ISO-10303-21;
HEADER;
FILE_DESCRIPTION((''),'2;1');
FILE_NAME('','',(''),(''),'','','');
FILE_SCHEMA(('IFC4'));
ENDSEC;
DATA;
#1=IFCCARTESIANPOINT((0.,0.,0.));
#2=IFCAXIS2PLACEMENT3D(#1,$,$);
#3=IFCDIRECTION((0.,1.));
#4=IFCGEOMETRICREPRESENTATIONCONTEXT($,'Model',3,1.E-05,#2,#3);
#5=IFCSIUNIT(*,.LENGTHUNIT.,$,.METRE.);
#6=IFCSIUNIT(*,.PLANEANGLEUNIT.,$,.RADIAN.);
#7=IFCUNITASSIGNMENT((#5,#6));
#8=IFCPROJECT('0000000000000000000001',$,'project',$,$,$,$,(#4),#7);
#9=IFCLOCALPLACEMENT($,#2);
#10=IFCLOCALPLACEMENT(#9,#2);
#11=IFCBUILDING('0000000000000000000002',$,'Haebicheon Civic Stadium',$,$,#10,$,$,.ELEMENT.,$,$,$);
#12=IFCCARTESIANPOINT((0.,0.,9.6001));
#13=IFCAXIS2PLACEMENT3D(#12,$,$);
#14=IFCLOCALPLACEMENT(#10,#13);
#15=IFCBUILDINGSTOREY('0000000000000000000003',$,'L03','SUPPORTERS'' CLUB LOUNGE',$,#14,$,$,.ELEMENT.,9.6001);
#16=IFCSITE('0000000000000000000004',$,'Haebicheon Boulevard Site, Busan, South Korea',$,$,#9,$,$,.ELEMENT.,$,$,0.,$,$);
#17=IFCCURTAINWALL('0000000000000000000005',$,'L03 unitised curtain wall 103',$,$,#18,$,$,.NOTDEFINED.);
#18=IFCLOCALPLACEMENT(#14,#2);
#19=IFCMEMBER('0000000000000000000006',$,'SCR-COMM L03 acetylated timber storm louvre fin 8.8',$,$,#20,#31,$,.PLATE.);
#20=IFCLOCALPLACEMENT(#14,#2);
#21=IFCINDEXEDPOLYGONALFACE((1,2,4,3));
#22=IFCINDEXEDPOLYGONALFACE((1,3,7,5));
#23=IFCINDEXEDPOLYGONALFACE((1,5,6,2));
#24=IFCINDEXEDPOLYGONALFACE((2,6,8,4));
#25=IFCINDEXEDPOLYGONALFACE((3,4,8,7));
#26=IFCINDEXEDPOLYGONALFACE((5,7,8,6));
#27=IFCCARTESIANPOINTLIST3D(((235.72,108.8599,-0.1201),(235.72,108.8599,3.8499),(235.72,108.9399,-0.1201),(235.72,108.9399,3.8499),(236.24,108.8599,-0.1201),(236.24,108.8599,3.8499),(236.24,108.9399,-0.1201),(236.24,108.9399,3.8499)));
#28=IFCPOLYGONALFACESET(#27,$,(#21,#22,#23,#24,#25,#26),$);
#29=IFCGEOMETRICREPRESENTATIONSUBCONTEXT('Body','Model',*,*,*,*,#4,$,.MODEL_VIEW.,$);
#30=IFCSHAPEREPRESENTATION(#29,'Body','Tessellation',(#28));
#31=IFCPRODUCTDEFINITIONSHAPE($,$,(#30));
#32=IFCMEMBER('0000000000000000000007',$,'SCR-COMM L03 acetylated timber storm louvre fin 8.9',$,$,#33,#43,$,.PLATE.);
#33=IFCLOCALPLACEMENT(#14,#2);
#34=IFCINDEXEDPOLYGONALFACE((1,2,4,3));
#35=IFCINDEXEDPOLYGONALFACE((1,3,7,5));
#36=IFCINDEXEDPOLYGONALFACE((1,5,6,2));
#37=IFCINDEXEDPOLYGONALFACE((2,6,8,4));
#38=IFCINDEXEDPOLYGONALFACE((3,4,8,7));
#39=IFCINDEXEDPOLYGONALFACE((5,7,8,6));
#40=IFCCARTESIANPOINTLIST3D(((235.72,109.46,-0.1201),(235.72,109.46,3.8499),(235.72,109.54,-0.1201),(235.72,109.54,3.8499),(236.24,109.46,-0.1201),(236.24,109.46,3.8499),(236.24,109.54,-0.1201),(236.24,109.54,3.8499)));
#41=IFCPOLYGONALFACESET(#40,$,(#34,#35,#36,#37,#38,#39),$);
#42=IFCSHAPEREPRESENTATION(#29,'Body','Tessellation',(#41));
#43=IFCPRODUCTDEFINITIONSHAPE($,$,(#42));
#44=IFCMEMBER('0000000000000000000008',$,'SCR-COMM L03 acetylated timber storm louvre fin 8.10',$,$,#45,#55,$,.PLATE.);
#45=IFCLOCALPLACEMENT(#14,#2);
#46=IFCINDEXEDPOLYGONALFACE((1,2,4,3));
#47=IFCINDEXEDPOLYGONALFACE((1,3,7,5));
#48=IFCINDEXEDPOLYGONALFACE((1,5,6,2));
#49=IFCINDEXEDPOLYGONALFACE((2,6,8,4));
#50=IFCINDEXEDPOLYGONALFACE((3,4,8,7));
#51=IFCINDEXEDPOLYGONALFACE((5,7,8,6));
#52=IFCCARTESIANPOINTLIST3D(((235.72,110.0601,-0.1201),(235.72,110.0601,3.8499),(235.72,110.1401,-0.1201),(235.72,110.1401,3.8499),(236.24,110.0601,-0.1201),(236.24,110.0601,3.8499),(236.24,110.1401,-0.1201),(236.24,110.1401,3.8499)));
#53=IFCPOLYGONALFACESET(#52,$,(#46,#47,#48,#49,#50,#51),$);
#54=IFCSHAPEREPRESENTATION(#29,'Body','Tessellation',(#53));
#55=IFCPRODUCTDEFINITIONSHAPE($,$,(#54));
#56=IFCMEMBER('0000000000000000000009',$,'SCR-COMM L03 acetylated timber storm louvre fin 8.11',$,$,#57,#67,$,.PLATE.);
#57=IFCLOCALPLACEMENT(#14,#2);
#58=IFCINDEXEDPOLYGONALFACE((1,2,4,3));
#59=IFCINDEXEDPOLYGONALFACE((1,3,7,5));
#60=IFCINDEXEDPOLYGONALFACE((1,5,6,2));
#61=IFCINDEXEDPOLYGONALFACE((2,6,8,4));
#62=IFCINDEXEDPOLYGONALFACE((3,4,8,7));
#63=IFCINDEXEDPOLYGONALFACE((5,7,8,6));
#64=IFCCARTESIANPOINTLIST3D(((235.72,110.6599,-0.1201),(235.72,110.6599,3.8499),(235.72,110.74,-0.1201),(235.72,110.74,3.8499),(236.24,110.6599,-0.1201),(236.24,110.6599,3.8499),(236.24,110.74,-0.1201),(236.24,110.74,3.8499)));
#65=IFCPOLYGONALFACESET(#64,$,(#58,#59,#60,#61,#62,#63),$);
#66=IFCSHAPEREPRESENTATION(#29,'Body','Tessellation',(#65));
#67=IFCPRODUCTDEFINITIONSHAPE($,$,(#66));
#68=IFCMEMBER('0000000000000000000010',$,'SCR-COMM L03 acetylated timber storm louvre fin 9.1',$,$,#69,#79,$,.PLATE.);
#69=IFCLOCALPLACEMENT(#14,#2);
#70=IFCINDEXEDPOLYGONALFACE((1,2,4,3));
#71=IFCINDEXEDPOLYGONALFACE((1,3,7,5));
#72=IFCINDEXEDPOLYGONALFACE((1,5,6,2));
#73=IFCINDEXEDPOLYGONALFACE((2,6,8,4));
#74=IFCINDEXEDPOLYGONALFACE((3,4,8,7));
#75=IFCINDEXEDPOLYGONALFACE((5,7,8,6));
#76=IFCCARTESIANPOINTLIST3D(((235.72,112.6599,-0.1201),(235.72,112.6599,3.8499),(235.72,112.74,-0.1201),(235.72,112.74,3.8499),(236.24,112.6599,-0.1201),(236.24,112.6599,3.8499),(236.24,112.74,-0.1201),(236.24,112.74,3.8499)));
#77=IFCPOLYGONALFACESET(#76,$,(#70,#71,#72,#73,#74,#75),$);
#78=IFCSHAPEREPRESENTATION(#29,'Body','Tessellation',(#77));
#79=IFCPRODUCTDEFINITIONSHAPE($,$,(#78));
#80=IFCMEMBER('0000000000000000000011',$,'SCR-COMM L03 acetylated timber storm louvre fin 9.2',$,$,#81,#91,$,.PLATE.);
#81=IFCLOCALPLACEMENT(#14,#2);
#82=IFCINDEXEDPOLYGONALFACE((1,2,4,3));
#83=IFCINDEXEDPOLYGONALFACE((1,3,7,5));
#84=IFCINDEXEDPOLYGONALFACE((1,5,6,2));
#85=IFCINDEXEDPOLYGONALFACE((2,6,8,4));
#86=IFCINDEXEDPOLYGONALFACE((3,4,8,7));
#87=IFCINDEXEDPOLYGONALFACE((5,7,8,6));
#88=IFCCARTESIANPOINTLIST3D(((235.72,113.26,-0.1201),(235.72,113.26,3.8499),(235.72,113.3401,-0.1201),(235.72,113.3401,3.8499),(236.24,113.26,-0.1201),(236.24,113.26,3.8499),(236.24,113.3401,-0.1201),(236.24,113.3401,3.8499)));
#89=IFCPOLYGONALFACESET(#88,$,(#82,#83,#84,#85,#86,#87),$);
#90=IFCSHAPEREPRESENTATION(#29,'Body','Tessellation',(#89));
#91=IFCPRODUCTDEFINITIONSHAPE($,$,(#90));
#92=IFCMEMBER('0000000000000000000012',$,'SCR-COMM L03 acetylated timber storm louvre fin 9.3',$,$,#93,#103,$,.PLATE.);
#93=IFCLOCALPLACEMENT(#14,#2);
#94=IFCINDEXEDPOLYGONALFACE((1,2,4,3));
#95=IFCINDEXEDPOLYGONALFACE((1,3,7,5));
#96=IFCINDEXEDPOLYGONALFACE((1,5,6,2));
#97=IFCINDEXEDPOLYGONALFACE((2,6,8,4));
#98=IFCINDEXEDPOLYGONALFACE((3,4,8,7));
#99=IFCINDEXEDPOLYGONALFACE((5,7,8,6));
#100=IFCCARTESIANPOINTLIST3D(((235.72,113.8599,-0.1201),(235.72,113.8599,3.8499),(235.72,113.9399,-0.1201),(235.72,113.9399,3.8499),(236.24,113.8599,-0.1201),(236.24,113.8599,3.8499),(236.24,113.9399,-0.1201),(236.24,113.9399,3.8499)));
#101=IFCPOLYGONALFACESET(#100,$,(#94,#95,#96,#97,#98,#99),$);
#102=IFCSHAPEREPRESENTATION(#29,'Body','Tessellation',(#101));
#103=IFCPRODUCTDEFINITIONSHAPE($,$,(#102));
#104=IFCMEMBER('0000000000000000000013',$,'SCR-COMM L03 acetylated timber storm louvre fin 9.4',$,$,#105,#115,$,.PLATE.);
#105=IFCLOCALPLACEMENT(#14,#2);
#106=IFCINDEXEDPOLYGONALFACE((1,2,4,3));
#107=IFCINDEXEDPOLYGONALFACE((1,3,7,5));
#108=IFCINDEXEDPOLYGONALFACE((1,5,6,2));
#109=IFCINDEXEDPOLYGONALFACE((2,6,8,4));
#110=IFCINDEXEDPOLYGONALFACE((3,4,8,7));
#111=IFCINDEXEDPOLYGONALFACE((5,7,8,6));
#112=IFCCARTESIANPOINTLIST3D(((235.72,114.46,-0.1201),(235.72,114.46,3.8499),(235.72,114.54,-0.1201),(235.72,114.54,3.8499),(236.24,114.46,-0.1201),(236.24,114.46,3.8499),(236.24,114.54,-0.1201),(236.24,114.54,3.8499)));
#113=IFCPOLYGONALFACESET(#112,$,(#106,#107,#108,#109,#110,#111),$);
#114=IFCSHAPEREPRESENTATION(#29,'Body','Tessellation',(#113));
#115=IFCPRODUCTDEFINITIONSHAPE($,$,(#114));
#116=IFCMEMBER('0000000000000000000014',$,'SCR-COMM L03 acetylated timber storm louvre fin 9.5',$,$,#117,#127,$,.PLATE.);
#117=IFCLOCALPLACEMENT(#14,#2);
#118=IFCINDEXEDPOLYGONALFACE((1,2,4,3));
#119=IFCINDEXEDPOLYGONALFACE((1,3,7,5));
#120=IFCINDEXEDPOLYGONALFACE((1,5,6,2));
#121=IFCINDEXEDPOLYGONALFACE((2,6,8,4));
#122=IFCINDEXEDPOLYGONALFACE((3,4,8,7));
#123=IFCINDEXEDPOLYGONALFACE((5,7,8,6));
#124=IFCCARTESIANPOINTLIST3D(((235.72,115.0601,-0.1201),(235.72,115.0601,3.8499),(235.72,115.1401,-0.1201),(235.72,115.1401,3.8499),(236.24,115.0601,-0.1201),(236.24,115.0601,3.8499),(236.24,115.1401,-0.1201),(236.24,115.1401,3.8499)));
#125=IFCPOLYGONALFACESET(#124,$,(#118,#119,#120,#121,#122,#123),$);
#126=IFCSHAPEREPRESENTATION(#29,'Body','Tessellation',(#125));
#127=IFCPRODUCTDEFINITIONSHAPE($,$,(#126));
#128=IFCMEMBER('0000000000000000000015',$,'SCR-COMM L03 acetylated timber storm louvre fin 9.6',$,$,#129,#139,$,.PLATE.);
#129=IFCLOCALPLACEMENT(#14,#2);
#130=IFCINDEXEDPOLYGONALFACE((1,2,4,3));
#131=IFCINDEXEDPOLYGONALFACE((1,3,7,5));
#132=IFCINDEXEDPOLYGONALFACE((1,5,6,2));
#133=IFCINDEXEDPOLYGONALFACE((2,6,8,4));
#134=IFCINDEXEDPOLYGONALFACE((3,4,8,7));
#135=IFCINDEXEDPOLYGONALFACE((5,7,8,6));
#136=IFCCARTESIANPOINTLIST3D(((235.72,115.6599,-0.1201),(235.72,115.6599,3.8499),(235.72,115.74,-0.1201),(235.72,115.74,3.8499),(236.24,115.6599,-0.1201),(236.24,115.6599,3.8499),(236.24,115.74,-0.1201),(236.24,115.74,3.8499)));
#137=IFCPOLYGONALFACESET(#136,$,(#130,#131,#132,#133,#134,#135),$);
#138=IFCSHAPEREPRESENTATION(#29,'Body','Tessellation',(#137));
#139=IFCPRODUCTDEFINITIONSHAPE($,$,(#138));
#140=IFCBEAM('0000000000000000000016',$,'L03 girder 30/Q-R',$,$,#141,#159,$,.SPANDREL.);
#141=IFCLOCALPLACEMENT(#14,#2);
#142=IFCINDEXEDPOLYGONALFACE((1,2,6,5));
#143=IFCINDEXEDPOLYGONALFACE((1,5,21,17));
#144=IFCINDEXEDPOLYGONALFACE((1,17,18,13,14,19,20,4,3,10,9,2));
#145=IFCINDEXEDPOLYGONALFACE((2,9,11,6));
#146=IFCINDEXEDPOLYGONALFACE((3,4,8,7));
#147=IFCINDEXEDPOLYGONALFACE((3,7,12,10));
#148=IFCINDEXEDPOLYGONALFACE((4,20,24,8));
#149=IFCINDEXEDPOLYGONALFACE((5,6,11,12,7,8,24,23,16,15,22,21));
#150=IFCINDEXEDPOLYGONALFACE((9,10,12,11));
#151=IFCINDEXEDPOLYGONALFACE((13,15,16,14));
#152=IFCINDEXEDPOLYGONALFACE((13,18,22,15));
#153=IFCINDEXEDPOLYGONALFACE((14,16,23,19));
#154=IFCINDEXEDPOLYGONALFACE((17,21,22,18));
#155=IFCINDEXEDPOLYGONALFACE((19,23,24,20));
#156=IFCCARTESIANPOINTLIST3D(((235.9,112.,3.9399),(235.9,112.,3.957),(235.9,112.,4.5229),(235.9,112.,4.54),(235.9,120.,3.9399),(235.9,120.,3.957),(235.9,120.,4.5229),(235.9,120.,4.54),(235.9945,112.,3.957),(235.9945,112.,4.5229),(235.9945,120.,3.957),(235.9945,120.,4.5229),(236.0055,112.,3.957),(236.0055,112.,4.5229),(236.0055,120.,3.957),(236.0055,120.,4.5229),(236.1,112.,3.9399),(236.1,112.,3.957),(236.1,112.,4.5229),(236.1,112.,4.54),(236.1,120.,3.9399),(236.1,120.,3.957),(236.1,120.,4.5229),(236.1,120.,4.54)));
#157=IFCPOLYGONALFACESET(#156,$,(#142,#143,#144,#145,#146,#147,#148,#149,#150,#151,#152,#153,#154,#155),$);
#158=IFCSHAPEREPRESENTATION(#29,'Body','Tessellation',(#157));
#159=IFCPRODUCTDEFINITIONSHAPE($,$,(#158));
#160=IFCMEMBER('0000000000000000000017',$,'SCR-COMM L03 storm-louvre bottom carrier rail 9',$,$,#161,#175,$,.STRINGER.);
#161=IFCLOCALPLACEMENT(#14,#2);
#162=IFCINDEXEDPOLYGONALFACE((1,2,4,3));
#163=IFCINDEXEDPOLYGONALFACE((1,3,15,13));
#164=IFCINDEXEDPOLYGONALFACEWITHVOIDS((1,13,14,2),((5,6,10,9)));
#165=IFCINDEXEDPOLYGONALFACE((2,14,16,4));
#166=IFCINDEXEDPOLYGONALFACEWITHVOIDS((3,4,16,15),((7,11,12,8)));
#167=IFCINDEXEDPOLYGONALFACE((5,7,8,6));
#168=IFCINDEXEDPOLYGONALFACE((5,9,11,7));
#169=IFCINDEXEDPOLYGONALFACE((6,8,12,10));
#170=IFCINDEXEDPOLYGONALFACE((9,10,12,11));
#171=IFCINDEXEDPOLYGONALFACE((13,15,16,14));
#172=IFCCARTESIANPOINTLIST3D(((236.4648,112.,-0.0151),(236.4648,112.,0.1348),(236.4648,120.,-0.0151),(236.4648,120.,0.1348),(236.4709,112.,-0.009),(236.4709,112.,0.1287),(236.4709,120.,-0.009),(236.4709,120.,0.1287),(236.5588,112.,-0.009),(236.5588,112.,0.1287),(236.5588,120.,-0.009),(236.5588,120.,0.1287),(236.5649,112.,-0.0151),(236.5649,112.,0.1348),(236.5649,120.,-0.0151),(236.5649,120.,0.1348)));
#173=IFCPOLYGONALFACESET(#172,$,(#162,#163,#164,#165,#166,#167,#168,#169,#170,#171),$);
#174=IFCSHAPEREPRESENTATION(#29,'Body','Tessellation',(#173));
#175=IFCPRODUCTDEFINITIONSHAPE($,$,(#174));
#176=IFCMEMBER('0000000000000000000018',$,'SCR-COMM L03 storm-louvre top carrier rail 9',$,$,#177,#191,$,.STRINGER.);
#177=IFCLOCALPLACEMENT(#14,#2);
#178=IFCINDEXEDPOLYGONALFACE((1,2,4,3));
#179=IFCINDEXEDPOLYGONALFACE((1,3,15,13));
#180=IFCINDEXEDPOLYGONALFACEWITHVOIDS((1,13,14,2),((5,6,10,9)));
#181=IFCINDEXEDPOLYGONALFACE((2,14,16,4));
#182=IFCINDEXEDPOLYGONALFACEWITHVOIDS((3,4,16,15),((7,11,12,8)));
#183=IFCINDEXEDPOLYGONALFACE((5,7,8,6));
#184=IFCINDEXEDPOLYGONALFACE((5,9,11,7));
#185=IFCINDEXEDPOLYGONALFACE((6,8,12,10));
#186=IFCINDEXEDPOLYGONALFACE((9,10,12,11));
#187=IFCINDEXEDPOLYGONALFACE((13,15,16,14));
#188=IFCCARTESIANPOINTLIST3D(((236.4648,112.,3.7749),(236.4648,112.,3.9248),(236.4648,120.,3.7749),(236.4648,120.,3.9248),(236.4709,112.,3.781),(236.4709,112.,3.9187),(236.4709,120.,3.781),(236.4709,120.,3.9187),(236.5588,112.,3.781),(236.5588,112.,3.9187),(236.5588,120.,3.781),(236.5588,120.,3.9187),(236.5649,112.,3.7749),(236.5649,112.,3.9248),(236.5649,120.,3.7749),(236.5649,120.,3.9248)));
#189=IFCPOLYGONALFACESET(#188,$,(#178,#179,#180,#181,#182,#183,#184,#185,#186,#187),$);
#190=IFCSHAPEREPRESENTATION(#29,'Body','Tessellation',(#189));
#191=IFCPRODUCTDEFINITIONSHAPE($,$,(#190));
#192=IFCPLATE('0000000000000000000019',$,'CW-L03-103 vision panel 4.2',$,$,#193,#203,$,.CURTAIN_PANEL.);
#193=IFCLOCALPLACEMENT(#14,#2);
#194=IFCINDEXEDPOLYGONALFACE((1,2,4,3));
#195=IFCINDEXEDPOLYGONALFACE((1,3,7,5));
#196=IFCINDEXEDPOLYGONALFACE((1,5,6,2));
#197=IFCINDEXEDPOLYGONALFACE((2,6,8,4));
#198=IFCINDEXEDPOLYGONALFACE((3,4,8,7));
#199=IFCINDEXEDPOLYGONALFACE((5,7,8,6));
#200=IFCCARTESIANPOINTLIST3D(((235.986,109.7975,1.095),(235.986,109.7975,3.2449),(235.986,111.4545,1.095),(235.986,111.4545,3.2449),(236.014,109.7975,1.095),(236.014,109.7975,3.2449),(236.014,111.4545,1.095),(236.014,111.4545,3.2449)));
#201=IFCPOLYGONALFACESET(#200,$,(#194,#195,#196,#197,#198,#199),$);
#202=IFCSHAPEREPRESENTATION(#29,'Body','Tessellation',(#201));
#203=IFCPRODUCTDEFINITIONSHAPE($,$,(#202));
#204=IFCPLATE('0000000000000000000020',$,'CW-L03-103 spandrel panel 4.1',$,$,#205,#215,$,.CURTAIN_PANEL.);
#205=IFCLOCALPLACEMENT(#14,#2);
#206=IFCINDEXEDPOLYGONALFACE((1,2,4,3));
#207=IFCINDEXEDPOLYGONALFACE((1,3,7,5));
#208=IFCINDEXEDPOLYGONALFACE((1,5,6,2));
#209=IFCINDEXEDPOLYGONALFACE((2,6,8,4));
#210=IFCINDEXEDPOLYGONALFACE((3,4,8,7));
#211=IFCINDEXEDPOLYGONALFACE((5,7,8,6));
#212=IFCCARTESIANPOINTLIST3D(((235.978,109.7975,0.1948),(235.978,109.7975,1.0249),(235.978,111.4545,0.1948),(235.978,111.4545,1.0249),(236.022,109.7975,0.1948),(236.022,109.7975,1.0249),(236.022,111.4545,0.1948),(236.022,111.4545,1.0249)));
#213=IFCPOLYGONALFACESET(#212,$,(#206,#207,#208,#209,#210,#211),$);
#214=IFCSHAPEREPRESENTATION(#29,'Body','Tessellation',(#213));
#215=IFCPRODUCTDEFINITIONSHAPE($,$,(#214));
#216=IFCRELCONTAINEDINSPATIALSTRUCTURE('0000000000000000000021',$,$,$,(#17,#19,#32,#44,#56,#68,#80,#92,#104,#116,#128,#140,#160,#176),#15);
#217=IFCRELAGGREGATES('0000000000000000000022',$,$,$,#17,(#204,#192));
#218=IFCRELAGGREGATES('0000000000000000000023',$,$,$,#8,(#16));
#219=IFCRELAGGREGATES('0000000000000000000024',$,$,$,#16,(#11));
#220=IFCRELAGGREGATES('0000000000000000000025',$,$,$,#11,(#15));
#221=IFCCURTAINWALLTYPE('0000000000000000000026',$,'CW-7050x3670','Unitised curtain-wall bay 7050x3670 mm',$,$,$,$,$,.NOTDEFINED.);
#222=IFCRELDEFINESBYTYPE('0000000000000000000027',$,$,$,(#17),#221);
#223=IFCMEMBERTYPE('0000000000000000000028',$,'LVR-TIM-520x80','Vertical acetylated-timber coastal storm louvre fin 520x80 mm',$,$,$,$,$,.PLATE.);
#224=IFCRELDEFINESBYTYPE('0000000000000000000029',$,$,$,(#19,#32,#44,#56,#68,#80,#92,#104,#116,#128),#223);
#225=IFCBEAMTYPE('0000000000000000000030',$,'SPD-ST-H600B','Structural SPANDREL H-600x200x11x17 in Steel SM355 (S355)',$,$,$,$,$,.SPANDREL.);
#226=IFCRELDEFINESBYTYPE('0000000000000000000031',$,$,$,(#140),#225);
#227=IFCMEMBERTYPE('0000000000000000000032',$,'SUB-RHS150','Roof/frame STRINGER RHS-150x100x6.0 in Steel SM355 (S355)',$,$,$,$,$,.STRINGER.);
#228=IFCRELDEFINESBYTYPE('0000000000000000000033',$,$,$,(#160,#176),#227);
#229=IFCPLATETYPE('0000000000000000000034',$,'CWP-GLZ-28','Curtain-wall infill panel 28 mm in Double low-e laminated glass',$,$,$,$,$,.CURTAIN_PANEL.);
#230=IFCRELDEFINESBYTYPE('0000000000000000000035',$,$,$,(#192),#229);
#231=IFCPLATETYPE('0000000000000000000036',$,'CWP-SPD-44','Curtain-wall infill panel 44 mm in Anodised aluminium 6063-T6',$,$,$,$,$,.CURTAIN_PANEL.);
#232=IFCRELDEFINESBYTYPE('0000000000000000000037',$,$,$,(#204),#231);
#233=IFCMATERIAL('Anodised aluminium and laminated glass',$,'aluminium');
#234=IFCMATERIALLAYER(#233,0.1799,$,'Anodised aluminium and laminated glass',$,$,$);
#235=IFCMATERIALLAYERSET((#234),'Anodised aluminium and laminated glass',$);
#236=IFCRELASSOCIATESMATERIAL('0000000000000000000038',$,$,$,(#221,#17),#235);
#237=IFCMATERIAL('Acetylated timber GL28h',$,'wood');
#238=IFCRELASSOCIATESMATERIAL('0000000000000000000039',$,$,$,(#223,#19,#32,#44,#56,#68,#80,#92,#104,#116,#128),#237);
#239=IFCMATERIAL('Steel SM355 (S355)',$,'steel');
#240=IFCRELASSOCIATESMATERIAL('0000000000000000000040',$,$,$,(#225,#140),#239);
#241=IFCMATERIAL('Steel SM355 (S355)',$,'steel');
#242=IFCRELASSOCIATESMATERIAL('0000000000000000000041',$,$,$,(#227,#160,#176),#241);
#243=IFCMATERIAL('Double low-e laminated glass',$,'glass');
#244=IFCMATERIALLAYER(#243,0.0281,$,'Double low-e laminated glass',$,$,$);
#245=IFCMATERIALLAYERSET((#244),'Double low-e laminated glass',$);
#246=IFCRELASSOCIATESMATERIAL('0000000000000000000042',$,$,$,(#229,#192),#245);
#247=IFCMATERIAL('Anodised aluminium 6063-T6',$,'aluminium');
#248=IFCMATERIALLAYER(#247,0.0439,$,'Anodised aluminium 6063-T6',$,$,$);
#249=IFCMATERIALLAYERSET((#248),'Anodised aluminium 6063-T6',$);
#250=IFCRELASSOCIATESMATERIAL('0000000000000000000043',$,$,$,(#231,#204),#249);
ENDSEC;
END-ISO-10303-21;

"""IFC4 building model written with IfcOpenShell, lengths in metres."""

from ifc_helpers import new_model, si_unit, direction, frame, origin, origin_2d, place, context, subcontext, project, spatial, rectangle, hollow_rectangle, i_section, extrude, material, layer, layer_set, material_profile, profile_set, type_object, element, aggregate, save


model = new_model("IFC4")

# Units and contexts
model_context = context("Model", 3, precision=1e-05, world=origin(), true_north=direction((0.0, 1.0)))
body_context = subcontext(model_context, "Body", "Model", "MODEL_VIEW")
ifc_project = project(units=[si_unit("LENGTHUNIT", "METRE"), si_unit("PLANEANGLEUNIT", "RADIAN")], contexts=[model_context])

# Site, building, storey
site_placement = place(None, origin())
site = spatial("IfcSite", under=ifc_project, at=site_placement, Name="Haebicheon Boulevard Site, Busan, South Korea", CompositionType="ELEMENT", RefElevation=0.0)
building_placement = place(site_placement, origin())
building = spatial("IfcBuilding", under=site, at=building_placement, Name="Haebicheon Civic Stadium", CompositionType="ELEMENT")
storey_placement = place(building_placement, frame((0.0, 0.0, 9.6001)))
storey = spatial("IfcBuildingStorey", under=building, at=storey_placement, Name="L03", Description="SUPPORTERS' CLUB LOUNGE", CompositionType="ELEMENT", Elevation=9.6001)

# Curtain wall
ifc_material_1 = material(Name="Anodised aluminium and laminated glass", Category="aluminium")
ifc_layer_1 = layer(ifc_material_1, 0.1799, Name="Anodised aluminium and laminated glass")
ifc_layer_set_1 = layer_set([ifc_layer_1], Name="Anodised aluminium and laminated glass")
curtain_wall_type = type_object("IfcCurtainWallType", Name="CW-7050x3670", Description="Unitised curtain-wall bay 7050x3670 mm", PredefinedType="NOTDEFINED", material=ifc_layer_set_1)
curtain_wall_placement = place(storey_placement, origin())
curtain_wall = element("IfcCurtainWall", 1, at=curtain_wall_placement, inside=storey, type_object=curtain_wall_type, material=ifc_layer_set_1, Name="L03 unitised curtain wall 103", PredefinedType="NOTDEFINED")

# Members
ifc_material_2 = material(Name="Acetylated timber GL28h", Category="wood")
ifc_material_profile_1 = material_profile(ifc_material_2, rectangle(XDim=0.0801, YDim=0.52, at=origin_2d()), Name="TMB-LOUV-80x520")
ifc_profile_set_1 = profile_set([ifc_material_profile_1], Name="Acetylated timber GL28h")
member_type_1 = type_object("IfcMemberType", Name="LVR-TIM-520x80", Description="Vertical acetylated-timber coastal storm louvre fin 520x80 mm", PredefinedType="PLATE", material=ifc_profile_set_1)
for number, where, z_axis, x_axis, name in (
    (2, (235.98, 108.8999, -0.1201), (0.0, 0.0, 1.0), (0.0, 1.0, 0.0), "SCR-COMM L03 acetylated timber storm louvre fin 8.8"),
    (3, (235.98, 109.5, -0.1201), (0.0, 0.0, 1.0), (0.0, 1.0, 0.0), "SCR-COMM L03 acetylated timber storm louvre fin 8.9"),
    (4, (235.98, 110.1001, -0.1201), (0.0, 0.0, 1.0), (0.0, 1.0, 0.0), "SCR-COMM L03 acetylated timber storm louvre fin 8.10"),
    (5, (235.98, 110.7, -0.1201), (0.0, 0.0, 1.0), (0.0, 1.0, 0.0), "SCR-COMM L03 acetylated timber storm louvre fin 8.11"),
    (6, (235.98, 112.7, -0.1201), (0.0, 0.0, 1.0), (0.0, 1.0, 0.0), "SCR-COMM L03 acetylated timber storm louvre fin 9.1"),
    (7, (235.98, 113.3, -0.1201), (0.0, 0.0, 1.0), (0.0, 1.0, 0.0), "SCR-COMM L03 acetylated timber storm louvre fin 9.2"),
    (8, (235.98, 113.8999, -0.1201), (0.0, 0.0, 1.0), (0.0, 1.0, 0.0), "SCR-COMM L03 acetylated timber storm louvre fin 9.3"),
    (9, (235.98, 114.5, -0.1201), (0.0, 0.0, 1.0), (0.0, 1.0, 0.0), "SCR-COMM L03 acetylated timber storm louvre fin 9.4"),
    (10, (235.98, 115.1001, -0.1201), (0.0, 0.0, 1.0), (0.0, 1.0, 0.0), "SCR-COMM L03 acetylated timber storm louvre fin 9.5"),
    (11, (235.98, 115.7, -0.1201), (0.0, 0.0, 1.0), (0.0, 1.0, 0.0), "SCR-COMM L03 acetylated timber storm louvre fin 9.6"),
):
    element("IfcMember", number, at=place(storey_placement, frame(where, z_axis=z_axis, x_axis=x_axis)), inside=storey, type_object=member_type_1, material=ifc_profile_set_1, Name=name, PredefinedType="PLATE", context=body_context, shape_type="SweptSolid", body=[
        extrude(rectangle(XDim=0.0801, YDim=0.52, at=origin_2d()), origin(), (0.0, 0.0, 1.0), 3.97),
    ])

# Beam
ifc_material_3 = material(Name="Steel SM355 (S355)", Category="steel")
ifc_material_profile_2 = material_profile(ifc_material_3, i_section(OverallWidth=0.2, OverallDepth=0.6001, WebThickness=0.011, FlangeThickness=0.0171, at=origin_2d()), Name="H-600x200x11x17")
ifc_profile_set_2 = profile_set([ifc_material_profile_2], Name="Steel SM355 (S355)")
beam_type_1 = type_object("IfcBeamType", Name="SPD-ST-H600B", Description="Structural SPANDREL H-600x200x11x17 in Steel SM355 (S355)", PredefinedType="SPANDREL", material=ifc_profile_set_2)
beam_1_placement = place(storey_placement, frame((236.0, 112.0, 4.24), z_axis=(0.0, 1.0, 0.0), x_axis=(-1.0, 0.0, 0.0)))
element("IfcBeam", 12, at=beam_1_placement, inside=storey, type_object=beam_type_1, material=ifc_profile_set_2, Name="L03 girder 30/Q-R", PredefinedType="SPANDREL", context=body_context, shape_type="SweptSolid", body=[
    extrude(i_section(OverallWidth=0.2, OverallDepth=0.6001, WebThickness=0.011, FlangeThickness=0.0171, at=origin_2d()), origin(), (0.0, 0.0, 1.0), 8.0),
])

# Members
ifc_material_4 = material(Name="Steel SM355 (S355)", Category="steel")
ifc_material_profile_3 = material_profile(ifc_material_4, hollow_rectangle(XDim=0.1001, YDim=0.1499, WallThickness=0.0061, at=origin_2d()), Name="RHS-150x100x6.0")
ifc_profile_set_3 = profile_set([ifc_material_profile_3], Name="Steel SM355 (S355)")
member_type_2 = type_object("IfcMemberType", Name="SUB-RHS150", Description="Roof/frame STRINGER RHS-150x100x6.0 in Steel SM355 (S355)", PredefinedType="STRINGER", material=ifc_profile_set_3)
for number, where, z_axis, x_axis, name in (
    (13, (236.5149, 112.0, 0.0598), (0.0, 1.0, 0.0), (-1.0, 0.0, 0.0), "SCR-COMM L03 storm-louvre bottom carrier rail 9"),
    (14, (236.5149, 112.0, 3.8499), (0.0, 1.0, 0.0), (-1.0, 0.0, 0.0), "SCR-COMM L03 storm-louvre top carrier rail 9"),
):
    element("IfcMember", number, at=place(storey_placement, frame(where, z_axis=z_axis, x_axis=x_axis)), inside=storey, type_object=member_type_2, material=ifc_profile_set_3, Name=name, PredefinedType="STRINGER", context=body_context, shape_type="SweptSolid", body=[
        extrude(hollow_rectangle(XDim=0.1001, YDim=0.1499, WallThickness=0.0061, at=origin_2d()), origin(), (0.0, 0.0, 1.0), 8.0),
    ])

# Plates
ifc_material_5 = material(Name="Double low-e laminated glass", Category="glass")
ifc_layer_2 = layer(ifc_material_5, 0.0281, Name="Double low-e laminated glass")
ifc_layer_set_2 = layer_set([ifc_layer_2], Name="Double low-e laminated glass")
plate_type_1 = type_object("IfcPlateType", Name="CWP-GLZ-28", Description="Curtain-wall infill panel 28 mm in Double low-e laminated glass", PredefinedType="CURTAIN_PANEL", material=ifc_layer_set_2)
plate_1_placement = place(storey_placement, frame((236.0, 110.626, 1.095), z_axis=(0.0, 0.0, 1.0), x_axis=(0.0, 1.0, 0.0)))
plate_1 = element("IfcPlate", 15, at=plate_1_placement, type_object=plate_type_1, material=ifc_layer_set_2, Name="CW-L03-103 vision panel 4.2", PredefinedType="CURTAIN_PANEL", context=body_context, shape_type="SweptSolid", body=[
    extrude(rectangle(XDim=1.657, YDim=0.0281, at=origin_2d()), origin(), (0.0, 0.0, 1.0), 2.1499),
])
ifc_material_6 = material(Name="Anodised aluminium 6063-T6", Category="aluminium")
ifc_layer_3 = layer(ifc_material_6, 0.0439, Name="Anodised aluminium 6063-T6")
ifc_layer_set_3 = layer_set([ifc_layer_3], Name="Anodised aluminium 6063-T6")
plate_type_2 = type_object("IfcPlateType", Name="CWP-SPD-44", Description="Curtain-wall infill panel 44 mm in Anodised aluminium 6063-T6", PredefinedType="CURTAIN_PANEL", material=ifc_layer_set_3)
plate_2_placement = place(storey_placement, frame((236.0, 110.626, 0.1948), z_axis=(0.0, 0.0, 1.0), x_axis=(0.0, 1.0, 0.0)))
plate_2 = element("IfcPlate", 16, at=plate_2_placement, type_object=plate_type_2, material=ifc_layer_set_3, Name="CW-L03-103 spandrel panel 4.1", PredefinedType="CURTAIN_PANEL", context=body_context, shape_type="SweptSolid", body=[
    extrude(rectangle(XDim=1.657, YDim=0.0439, at=origin_2d()), origin(), (0.0, 0.0, 1.0), 0.8301),
])
aggregate(curtain_wall, [plate_2, plate_1])

save(model, "model.ifc")
